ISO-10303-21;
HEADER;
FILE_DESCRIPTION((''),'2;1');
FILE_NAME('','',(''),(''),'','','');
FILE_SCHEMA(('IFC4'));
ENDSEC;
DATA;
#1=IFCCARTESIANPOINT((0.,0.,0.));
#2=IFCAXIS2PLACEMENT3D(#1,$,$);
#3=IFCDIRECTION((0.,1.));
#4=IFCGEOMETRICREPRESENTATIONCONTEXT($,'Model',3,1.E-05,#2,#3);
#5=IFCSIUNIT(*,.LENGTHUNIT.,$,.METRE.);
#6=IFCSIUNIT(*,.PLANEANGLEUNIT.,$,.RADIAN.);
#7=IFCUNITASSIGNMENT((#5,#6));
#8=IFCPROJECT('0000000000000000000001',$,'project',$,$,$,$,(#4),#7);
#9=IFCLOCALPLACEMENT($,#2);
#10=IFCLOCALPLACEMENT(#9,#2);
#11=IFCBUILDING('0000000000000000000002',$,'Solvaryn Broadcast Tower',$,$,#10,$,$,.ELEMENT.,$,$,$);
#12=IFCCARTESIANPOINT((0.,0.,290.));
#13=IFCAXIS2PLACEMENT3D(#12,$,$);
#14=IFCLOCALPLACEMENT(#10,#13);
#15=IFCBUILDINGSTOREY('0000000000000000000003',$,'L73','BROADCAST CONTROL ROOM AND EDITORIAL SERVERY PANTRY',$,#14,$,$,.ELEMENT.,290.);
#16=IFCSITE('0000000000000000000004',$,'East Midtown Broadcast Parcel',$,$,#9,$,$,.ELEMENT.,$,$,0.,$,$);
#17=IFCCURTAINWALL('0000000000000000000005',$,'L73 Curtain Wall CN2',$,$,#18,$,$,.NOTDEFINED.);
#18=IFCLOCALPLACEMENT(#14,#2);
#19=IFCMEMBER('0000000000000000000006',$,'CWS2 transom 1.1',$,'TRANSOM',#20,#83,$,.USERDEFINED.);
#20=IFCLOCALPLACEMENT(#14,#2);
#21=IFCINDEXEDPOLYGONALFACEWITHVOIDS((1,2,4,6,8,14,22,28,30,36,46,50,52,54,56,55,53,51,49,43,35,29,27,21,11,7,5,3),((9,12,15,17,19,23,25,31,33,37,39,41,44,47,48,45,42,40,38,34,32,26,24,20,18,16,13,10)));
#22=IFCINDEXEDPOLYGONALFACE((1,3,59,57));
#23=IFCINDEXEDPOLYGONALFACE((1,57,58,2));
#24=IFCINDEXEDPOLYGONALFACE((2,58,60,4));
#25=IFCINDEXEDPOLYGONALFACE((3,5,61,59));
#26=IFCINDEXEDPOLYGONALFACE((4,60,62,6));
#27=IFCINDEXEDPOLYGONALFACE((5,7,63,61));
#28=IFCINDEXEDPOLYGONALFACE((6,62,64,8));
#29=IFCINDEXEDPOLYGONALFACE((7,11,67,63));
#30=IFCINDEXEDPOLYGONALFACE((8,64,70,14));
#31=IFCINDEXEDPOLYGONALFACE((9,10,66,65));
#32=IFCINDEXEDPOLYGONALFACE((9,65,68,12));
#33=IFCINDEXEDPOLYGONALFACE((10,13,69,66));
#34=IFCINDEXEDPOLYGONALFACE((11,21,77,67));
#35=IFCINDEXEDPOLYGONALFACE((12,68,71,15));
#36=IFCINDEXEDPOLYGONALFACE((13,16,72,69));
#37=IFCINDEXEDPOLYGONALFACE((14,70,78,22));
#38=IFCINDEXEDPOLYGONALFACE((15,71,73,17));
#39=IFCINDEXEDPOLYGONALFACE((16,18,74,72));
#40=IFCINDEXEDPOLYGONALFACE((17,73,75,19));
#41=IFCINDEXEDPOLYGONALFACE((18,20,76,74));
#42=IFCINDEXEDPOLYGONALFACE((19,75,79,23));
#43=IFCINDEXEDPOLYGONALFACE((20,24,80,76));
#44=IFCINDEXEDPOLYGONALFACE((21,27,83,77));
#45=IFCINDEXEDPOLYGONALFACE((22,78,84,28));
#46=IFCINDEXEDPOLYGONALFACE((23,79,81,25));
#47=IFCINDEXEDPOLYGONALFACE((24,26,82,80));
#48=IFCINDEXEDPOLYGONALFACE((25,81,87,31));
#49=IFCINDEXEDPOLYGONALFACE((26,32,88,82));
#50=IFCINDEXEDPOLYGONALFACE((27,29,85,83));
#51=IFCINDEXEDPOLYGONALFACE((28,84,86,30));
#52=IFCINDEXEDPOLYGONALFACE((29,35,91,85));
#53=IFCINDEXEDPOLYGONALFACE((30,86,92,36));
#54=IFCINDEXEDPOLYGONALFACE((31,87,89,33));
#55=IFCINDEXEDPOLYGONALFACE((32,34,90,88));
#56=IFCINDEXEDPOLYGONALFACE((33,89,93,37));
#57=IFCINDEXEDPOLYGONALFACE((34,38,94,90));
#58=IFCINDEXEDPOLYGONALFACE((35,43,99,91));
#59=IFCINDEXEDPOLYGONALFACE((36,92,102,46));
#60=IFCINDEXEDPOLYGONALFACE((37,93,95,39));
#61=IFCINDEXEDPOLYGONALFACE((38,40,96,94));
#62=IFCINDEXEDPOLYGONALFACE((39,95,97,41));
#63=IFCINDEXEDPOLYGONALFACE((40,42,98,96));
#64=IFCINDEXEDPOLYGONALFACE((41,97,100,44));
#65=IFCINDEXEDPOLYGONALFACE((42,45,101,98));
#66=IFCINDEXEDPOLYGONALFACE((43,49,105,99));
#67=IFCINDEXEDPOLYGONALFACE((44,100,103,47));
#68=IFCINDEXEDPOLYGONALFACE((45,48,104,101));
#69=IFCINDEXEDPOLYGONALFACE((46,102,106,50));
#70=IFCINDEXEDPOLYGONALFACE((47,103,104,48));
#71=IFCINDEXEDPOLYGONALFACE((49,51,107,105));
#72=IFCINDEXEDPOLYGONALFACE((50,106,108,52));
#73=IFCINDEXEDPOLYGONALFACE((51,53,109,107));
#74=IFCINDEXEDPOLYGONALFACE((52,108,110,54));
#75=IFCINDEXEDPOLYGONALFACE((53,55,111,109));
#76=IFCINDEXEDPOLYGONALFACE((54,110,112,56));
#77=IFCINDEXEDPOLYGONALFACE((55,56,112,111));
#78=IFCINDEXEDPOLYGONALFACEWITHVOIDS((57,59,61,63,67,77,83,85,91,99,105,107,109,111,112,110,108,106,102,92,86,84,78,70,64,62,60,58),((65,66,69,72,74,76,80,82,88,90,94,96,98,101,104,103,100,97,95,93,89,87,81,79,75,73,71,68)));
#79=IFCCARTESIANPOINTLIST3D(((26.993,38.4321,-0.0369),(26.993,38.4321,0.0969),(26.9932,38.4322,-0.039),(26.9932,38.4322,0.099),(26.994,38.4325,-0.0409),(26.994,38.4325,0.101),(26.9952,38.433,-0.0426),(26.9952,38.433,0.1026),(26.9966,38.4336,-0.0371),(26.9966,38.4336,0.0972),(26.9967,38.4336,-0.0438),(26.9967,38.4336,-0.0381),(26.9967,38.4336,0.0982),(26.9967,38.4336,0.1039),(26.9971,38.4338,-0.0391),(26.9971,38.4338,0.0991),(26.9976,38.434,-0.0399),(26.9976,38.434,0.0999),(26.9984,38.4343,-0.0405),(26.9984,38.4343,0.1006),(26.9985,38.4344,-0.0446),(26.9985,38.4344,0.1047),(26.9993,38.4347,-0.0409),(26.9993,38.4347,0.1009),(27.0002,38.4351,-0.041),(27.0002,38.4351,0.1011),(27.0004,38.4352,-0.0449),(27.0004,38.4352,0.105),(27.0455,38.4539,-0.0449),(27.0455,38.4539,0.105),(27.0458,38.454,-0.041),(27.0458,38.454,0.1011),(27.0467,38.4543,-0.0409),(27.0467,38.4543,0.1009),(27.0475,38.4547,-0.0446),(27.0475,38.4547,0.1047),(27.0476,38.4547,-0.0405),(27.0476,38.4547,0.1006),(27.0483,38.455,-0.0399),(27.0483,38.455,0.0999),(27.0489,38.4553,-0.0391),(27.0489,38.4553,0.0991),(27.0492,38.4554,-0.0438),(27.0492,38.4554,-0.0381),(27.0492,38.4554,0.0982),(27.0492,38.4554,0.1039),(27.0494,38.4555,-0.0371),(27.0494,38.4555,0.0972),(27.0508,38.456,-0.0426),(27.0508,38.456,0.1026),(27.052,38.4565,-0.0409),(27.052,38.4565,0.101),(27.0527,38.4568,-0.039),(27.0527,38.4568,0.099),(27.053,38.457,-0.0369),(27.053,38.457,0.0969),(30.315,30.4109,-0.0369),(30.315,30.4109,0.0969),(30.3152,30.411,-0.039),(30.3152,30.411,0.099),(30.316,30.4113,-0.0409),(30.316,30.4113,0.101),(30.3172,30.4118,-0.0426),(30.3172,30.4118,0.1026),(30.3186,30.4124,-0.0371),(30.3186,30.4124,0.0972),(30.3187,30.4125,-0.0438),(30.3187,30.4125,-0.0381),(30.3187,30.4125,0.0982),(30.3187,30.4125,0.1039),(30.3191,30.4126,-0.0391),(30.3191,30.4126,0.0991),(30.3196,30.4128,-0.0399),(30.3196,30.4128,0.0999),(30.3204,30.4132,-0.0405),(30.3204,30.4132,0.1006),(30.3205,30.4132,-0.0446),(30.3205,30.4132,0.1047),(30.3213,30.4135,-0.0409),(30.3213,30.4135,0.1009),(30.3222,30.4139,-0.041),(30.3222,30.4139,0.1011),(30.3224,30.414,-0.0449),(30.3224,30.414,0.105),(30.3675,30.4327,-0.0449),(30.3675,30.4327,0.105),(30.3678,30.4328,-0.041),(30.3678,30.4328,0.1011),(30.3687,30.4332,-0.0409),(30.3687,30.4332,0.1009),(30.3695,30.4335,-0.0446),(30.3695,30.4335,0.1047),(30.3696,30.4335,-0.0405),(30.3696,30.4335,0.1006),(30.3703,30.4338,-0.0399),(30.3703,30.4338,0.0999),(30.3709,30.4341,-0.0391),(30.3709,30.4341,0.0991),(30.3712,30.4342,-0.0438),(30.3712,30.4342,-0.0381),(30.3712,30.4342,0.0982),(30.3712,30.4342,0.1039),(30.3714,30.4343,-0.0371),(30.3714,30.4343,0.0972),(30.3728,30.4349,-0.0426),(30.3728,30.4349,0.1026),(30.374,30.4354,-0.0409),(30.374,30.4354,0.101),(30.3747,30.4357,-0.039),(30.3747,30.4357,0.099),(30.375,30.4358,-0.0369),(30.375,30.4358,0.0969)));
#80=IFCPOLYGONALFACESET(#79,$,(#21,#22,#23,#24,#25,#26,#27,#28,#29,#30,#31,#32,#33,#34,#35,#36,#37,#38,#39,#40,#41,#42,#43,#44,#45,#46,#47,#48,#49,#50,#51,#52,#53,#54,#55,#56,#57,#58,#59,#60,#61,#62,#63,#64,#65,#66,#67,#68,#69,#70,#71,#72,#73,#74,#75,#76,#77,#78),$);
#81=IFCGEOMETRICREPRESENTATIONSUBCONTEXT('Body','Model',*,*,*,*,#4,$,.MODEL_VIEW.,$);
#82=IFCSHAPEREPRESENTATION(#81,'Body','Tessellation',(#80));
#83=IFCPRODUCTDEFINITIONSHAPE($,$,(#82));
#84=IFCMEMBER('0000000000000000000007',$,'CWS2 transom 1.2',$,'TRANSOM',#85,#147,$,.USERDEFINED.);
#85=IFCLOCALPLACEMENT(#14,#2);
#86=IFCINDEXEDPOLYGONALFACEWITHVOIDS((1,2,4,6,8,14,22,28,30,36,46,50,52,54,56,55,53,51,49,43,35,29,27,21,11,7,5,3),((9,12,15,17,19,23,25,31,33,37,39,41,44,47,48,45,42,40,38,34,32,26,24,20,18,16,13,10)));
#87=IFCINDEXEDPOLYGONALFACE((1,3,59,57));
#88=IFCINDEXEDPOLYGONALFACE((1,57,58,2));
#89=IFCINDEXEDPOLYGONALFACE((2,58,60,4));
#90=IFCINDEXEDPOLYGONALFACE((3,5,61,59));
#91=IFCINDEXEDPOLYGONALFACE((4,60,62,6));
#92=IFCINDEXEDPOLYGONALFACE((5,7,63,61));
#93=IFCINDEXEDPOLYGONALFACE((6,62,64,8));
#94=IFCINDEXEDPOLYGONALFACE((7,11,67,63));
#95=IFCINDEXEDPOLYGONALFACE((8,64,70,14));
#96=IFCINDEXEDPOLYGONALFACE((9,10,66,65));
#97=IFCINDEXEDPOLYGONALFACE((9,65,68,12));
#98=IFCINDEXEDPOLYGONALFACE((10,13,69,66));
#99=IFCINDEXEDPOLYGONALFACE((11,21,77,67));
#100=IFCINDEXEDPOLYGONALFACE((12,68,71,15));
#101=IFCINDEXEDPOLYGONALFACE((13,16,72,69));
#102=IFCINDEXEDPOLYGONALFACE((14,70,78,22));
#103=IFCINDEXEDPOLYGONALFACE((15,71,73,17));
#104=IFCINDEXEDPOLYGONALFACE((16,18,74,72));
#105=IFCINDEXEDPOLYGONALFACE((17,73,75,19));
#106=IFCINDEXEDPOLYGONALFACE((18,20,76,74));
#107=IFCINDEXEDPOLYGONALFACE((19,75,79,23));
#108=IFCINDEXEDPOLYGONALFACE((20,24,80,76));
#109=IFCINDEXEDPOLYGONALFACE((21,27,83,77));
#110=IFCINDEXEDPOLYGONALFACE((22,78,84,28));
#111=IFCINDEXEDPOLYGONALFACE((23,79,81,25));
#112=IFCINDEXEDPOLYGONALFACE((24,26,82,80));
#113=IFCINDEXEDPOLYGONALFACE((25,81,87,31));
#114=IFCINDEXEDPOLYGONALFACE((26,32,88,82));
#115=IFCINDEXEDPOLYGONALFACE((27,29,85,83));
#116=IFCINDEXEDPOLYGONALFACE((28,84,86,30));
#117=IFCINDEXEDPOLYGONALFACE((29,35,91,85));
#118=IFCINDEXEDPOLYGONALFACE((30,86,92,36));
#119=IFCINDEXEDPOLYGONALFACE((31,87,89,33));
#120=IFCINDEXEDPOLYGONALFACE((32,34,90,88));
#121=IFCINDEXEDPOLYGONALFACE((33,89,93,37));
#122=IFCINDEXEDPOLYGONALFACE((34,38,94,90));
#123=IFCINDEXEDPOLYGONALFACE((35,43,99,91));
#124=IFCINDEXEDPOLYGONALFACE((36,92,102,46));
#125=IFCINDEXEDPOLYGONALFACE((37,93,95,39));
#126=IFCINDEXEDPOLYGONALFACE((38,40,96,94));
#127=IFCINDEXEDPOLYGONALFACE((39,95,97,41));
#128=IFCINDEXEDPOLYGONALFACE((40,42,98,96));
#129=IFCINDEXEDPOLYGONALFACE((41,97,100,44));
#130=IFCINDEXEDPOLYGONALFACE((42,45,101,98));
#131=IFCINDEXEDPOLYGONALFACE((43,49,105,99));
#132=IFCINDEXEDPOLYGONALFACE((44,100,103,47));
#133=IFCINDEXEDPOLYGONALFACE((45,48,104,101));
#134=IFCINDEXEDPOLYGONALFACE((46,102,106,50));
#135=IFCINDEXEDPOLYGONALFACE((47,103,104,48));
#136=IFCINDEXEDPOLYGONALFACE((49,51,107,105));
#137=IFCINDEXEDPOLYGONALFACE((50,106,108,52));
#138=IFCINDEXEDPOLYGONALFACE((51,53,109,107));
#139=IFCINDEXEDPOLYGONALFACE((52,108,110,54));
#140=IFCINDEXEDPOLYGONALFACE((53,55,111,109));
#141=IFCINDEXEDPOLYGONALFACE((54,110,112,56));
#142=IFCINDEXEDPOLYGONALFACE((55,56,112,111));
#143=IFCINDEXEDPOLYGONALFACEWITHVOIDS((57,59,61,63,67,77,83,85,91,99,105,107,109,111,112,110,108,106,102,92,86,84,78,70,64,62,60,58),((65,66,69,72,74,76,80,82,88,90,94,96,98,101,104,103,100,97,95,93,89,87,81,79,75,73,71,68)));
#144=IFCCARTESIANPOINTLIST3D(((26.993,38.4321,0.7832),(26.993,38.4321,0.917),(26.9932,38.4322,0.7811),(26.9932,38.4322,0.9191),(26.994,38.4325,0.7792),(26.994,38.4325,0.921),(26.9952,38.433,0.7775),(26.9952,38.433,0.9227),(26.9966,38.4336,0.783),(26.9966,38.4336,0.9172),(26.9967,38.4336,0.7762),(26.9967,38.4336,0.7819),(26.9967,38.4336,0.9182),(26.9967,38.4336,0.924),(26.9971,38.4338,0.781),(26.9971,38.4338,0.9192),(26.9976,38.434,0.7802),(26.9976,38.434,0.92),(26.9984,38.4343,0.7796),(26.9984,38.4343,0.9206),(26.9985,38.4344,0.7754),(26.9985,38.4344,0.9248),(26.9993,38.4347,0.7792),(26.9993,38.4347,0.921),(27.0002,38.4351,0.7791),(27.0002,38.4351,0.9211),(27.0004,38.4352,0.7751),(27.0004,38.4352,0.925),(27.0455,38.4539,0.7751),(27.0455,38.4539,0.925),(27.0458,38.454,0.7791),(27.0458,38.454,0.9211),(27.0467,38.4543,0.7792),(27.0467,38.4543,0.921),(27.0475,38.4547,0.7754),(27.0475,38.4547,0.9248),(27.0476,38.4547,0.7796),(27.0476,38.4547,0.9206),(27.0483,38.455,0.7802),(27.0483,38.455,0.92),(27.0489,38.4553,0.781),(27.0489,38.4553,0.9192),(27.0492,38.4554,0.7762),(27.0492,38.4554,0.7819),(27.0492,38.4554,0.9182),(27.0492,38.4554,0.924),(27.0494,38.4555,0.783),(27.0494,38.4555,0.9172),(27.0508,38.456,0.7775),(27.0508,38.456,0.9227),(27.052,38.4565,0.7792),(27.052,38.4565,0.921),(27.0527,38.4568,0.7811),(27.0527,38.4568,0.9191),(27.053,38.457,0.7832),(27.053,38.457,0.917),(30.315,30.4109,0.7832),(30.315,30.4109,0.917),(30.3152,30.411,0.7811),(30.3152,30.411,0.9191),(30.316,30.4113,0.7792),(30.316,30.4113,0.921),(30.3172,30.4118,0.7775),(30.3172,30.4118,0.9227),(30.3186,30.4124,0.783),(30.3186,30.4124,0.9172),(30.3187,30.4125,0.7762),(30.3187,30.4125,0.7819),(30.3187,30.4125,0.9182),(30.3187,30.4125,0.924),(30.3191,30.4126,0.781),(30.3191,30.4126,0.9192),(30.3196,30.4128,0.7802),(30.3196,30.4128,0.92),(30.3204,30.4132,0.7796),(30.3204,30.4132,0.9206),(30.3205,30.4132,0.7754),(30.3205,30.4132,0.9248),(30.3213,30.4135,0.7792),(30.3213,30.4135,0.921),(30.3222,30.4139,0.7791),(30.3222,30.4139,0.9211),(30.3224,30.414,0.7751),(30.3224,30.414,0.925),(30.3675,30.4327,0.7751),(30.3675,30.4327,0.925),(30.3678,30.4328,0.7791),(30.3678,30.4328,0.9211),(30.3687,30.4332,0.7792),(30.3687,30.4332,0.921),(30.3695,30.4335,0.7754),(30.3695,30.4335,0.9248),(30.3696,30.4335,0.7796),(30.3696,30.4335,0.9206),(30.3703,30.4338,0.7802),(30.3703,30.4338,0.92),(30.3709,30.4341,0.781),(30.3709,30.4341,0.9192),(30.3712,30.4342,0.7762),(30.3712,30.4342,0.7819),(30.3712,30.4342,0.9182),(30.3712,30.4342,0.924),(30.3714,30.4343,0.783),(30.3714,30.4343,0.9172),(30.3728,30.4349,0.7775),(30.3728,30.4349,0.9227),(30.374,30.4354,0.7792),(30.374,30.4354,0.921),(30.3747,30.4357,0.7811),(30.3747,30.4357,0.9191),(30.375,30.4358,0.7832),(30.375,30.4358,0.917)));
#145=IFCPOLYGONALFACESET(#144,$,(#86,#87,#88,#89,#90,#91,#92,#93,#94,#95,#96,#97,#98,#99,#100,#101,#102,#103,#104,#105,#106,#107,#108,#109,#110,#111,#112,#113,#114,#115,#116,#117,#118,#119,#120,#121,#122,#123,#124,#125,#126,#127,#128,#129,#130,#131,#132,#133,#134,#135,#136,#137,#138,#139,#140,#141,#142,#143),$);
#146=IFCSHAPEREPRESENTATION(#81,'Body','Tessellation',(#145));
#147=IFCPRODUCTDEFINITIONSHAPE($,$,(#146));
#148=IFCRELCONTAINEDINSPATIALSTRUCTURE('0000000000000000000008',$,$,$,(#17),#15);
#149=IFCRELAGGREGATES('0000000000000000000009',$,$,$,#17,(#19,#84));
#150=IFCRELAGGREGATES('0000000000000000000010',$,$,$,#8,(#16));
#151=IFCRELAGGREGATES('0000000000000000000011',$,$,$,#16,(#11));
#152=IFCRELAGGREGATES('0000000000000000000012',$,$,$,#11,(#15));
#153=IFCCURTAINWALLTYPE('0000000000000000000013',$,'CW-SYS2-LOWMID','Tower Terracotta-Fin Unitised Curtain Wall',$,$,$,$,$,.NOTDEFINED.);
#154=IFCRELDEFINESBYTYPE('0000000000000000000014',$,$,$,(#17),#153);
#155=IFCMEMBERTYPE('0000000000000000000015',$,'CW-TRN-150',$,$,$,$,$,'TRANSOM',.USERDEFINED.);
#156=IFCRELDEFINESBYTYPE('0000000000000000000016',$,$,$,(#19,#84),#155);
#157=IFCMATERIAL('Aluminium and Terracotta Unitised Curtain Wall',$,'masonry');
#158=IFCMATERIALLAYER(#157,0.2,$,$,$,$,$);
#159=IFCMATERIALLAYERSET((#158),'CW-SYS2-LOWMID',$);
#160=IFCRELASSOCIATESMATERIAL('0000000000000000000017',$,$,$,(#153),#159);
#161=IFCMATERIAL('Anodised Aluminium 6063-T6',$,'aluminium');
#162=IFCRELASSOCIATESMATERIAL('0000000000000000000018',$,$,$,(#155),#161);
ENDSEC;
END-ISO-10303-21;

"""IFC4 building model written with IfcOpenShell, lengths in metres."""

from ifc_helpers import new_model, si_unit, direction, frame, origin, origin_2d, place, context, subcontext, project, spatial, hollow_rectangle, extrude, material, layer, layer_set, material_profile, profile_set, type_object, element, aggregate, save


model = new_model("IFC4")

# Units and contexts
model_context = context("Model", 3, precision=1e-05, world=origin(), true_north=direction((0.0, 1.0)))
body_context = subcontext(model_context, "Body", "Model", "MODEL_VIEW")
ifc_project = project(units=[si_unit("LENGTHUNIT", "METRE"), si_unit("PLANEANGLEUNIT", "RADIAN")], contexts=[model_context])

# Site, building, storey
site_placement = place(None, origin())
site = spatial("IfcSite", under=ifc_project, at=site_placement, Name="East Midtown Broadcast Parcel", CompositionType="ELEMENT", RefElevation=0.0)
building_placement = place(site_placement, origin())
building = spatial("IfcBuilding", under=site, at=building_placement, Name="Solvaryn Broadcast Tower", CompositionType="ELEMENT")
storey_placement = place(building_placement, frame((0.0, 0.0, 290.0)))
storey = spatial("IfcBuildingStorey", under=building, at=storey_placement, Name="L73", Description="BROADCAST CONTROL ROOM AND EDITORIAL SERVERY PANTRY", CompositionType="ELEMENT", Elevation=290.0)

# Shared definitions
ifc_material_1 = material(Name="Aluminium and Terracotta Unitised Curtain Wall", Category="masonry")
ifc_layer_1 = layer(ifc_material_1, 0.2)
ifc_layer_set_1 = layer_set([ifc_layer_1], Name="CW-SYS2-LOWMID")
curtain_wall_type = type_object("IfcCurtainWallType", Name="CW-SYS2-LOWMID", Description="Tower Terracotta-Fin Unitised Curtain Wall", PredefinedType="NOTDEFINED", material=ifc_layer_set_1)

# Curtain wall, members
curtain_wall_1_placement = place(storey_placement, origin())
curtain_wall_1 = element("IfcCurtainWall", 1, at=curtain_wall_1_placement, inside=storey, type_object=curtain_wall_type, Name="L73 Curtain Wall CN2", PredefinedType="NOTDEFINED")
ifc_material_2 = material(Name="Anodised Aluminium 6063-T6", Category="aluminium")
ifc_material_profile_1 = material_profile(ifc_material_2, hollow_rectangle(XDim=0.0649, YDim=0.1499, WallThickness=0.0039, InnerFilletRadius=0.0039, OuterFilletRadius=0.0081, at=origin_2d()))
ifc_profile_set_1 = profile_set([ifc_material_profile_1], Name="Anodised Aluminium 6063-T6")
member_type_1 = type_object("IfcMemberType", Name="CW-TRN-150", ElementType="TRANSOM", PredefinedType="USERDEFINED", material=ifc_profile_set_1)
member_1_placement = place(storey_placement, frame((30.345, 30.4233, 0.03), z_axis=(-0.382636, 0.923899, 0.0), x_axis=(-0.923899, -0.382636, 0.0)))
member_1 = element("IfcMember", 2, at=member_1_placement, type_object=member_type_1, Name="CWS2 transom 1.1", ObjectType="TRANSOM", PredefinedType="USERDEFINED", context=body_context, shape_type="SweptSolid", body=[
    extrude(hollow_rectangle(XDim=0.0649, YDim=0.1499, WallThickness=0.0039, InnerFilletRadius=0.0039, OuterFilletRadius=0.0081, at=origin_2d()), origin(), (0.0, 0.0, 1.0), 8.6819),
])
member_2_placement = place(storey_placement, frame((30.345, 30.4233, 0.8501), z_axis=(-0.382636, 0.923899, 0.0), x_axis=(-0.923899, -0.382636, 0.0)))
member_2 = element("IfcMember", 3, at=member_2_placement, type_object=member_type_1, Name="CWS2 transom 1.2", ObjectType="TRANSOM", PredefinedType="USERDEFINED", context=body_context, shape_type="SweptSolid", body=[
    extrude(hollow_rectangle(XDim=0.0649, YDim=0.1499, WallThickness=0.0039, InnerFilletRadius=0.0039, OuterFilletRadius=0.0081, at=origin_2d()), origin(), (0.0, 0.0, 1.0), 8.6819),
])

aggregate(curtain_wall_1, [member_1, member_2])

save(model, "model.ifc")
